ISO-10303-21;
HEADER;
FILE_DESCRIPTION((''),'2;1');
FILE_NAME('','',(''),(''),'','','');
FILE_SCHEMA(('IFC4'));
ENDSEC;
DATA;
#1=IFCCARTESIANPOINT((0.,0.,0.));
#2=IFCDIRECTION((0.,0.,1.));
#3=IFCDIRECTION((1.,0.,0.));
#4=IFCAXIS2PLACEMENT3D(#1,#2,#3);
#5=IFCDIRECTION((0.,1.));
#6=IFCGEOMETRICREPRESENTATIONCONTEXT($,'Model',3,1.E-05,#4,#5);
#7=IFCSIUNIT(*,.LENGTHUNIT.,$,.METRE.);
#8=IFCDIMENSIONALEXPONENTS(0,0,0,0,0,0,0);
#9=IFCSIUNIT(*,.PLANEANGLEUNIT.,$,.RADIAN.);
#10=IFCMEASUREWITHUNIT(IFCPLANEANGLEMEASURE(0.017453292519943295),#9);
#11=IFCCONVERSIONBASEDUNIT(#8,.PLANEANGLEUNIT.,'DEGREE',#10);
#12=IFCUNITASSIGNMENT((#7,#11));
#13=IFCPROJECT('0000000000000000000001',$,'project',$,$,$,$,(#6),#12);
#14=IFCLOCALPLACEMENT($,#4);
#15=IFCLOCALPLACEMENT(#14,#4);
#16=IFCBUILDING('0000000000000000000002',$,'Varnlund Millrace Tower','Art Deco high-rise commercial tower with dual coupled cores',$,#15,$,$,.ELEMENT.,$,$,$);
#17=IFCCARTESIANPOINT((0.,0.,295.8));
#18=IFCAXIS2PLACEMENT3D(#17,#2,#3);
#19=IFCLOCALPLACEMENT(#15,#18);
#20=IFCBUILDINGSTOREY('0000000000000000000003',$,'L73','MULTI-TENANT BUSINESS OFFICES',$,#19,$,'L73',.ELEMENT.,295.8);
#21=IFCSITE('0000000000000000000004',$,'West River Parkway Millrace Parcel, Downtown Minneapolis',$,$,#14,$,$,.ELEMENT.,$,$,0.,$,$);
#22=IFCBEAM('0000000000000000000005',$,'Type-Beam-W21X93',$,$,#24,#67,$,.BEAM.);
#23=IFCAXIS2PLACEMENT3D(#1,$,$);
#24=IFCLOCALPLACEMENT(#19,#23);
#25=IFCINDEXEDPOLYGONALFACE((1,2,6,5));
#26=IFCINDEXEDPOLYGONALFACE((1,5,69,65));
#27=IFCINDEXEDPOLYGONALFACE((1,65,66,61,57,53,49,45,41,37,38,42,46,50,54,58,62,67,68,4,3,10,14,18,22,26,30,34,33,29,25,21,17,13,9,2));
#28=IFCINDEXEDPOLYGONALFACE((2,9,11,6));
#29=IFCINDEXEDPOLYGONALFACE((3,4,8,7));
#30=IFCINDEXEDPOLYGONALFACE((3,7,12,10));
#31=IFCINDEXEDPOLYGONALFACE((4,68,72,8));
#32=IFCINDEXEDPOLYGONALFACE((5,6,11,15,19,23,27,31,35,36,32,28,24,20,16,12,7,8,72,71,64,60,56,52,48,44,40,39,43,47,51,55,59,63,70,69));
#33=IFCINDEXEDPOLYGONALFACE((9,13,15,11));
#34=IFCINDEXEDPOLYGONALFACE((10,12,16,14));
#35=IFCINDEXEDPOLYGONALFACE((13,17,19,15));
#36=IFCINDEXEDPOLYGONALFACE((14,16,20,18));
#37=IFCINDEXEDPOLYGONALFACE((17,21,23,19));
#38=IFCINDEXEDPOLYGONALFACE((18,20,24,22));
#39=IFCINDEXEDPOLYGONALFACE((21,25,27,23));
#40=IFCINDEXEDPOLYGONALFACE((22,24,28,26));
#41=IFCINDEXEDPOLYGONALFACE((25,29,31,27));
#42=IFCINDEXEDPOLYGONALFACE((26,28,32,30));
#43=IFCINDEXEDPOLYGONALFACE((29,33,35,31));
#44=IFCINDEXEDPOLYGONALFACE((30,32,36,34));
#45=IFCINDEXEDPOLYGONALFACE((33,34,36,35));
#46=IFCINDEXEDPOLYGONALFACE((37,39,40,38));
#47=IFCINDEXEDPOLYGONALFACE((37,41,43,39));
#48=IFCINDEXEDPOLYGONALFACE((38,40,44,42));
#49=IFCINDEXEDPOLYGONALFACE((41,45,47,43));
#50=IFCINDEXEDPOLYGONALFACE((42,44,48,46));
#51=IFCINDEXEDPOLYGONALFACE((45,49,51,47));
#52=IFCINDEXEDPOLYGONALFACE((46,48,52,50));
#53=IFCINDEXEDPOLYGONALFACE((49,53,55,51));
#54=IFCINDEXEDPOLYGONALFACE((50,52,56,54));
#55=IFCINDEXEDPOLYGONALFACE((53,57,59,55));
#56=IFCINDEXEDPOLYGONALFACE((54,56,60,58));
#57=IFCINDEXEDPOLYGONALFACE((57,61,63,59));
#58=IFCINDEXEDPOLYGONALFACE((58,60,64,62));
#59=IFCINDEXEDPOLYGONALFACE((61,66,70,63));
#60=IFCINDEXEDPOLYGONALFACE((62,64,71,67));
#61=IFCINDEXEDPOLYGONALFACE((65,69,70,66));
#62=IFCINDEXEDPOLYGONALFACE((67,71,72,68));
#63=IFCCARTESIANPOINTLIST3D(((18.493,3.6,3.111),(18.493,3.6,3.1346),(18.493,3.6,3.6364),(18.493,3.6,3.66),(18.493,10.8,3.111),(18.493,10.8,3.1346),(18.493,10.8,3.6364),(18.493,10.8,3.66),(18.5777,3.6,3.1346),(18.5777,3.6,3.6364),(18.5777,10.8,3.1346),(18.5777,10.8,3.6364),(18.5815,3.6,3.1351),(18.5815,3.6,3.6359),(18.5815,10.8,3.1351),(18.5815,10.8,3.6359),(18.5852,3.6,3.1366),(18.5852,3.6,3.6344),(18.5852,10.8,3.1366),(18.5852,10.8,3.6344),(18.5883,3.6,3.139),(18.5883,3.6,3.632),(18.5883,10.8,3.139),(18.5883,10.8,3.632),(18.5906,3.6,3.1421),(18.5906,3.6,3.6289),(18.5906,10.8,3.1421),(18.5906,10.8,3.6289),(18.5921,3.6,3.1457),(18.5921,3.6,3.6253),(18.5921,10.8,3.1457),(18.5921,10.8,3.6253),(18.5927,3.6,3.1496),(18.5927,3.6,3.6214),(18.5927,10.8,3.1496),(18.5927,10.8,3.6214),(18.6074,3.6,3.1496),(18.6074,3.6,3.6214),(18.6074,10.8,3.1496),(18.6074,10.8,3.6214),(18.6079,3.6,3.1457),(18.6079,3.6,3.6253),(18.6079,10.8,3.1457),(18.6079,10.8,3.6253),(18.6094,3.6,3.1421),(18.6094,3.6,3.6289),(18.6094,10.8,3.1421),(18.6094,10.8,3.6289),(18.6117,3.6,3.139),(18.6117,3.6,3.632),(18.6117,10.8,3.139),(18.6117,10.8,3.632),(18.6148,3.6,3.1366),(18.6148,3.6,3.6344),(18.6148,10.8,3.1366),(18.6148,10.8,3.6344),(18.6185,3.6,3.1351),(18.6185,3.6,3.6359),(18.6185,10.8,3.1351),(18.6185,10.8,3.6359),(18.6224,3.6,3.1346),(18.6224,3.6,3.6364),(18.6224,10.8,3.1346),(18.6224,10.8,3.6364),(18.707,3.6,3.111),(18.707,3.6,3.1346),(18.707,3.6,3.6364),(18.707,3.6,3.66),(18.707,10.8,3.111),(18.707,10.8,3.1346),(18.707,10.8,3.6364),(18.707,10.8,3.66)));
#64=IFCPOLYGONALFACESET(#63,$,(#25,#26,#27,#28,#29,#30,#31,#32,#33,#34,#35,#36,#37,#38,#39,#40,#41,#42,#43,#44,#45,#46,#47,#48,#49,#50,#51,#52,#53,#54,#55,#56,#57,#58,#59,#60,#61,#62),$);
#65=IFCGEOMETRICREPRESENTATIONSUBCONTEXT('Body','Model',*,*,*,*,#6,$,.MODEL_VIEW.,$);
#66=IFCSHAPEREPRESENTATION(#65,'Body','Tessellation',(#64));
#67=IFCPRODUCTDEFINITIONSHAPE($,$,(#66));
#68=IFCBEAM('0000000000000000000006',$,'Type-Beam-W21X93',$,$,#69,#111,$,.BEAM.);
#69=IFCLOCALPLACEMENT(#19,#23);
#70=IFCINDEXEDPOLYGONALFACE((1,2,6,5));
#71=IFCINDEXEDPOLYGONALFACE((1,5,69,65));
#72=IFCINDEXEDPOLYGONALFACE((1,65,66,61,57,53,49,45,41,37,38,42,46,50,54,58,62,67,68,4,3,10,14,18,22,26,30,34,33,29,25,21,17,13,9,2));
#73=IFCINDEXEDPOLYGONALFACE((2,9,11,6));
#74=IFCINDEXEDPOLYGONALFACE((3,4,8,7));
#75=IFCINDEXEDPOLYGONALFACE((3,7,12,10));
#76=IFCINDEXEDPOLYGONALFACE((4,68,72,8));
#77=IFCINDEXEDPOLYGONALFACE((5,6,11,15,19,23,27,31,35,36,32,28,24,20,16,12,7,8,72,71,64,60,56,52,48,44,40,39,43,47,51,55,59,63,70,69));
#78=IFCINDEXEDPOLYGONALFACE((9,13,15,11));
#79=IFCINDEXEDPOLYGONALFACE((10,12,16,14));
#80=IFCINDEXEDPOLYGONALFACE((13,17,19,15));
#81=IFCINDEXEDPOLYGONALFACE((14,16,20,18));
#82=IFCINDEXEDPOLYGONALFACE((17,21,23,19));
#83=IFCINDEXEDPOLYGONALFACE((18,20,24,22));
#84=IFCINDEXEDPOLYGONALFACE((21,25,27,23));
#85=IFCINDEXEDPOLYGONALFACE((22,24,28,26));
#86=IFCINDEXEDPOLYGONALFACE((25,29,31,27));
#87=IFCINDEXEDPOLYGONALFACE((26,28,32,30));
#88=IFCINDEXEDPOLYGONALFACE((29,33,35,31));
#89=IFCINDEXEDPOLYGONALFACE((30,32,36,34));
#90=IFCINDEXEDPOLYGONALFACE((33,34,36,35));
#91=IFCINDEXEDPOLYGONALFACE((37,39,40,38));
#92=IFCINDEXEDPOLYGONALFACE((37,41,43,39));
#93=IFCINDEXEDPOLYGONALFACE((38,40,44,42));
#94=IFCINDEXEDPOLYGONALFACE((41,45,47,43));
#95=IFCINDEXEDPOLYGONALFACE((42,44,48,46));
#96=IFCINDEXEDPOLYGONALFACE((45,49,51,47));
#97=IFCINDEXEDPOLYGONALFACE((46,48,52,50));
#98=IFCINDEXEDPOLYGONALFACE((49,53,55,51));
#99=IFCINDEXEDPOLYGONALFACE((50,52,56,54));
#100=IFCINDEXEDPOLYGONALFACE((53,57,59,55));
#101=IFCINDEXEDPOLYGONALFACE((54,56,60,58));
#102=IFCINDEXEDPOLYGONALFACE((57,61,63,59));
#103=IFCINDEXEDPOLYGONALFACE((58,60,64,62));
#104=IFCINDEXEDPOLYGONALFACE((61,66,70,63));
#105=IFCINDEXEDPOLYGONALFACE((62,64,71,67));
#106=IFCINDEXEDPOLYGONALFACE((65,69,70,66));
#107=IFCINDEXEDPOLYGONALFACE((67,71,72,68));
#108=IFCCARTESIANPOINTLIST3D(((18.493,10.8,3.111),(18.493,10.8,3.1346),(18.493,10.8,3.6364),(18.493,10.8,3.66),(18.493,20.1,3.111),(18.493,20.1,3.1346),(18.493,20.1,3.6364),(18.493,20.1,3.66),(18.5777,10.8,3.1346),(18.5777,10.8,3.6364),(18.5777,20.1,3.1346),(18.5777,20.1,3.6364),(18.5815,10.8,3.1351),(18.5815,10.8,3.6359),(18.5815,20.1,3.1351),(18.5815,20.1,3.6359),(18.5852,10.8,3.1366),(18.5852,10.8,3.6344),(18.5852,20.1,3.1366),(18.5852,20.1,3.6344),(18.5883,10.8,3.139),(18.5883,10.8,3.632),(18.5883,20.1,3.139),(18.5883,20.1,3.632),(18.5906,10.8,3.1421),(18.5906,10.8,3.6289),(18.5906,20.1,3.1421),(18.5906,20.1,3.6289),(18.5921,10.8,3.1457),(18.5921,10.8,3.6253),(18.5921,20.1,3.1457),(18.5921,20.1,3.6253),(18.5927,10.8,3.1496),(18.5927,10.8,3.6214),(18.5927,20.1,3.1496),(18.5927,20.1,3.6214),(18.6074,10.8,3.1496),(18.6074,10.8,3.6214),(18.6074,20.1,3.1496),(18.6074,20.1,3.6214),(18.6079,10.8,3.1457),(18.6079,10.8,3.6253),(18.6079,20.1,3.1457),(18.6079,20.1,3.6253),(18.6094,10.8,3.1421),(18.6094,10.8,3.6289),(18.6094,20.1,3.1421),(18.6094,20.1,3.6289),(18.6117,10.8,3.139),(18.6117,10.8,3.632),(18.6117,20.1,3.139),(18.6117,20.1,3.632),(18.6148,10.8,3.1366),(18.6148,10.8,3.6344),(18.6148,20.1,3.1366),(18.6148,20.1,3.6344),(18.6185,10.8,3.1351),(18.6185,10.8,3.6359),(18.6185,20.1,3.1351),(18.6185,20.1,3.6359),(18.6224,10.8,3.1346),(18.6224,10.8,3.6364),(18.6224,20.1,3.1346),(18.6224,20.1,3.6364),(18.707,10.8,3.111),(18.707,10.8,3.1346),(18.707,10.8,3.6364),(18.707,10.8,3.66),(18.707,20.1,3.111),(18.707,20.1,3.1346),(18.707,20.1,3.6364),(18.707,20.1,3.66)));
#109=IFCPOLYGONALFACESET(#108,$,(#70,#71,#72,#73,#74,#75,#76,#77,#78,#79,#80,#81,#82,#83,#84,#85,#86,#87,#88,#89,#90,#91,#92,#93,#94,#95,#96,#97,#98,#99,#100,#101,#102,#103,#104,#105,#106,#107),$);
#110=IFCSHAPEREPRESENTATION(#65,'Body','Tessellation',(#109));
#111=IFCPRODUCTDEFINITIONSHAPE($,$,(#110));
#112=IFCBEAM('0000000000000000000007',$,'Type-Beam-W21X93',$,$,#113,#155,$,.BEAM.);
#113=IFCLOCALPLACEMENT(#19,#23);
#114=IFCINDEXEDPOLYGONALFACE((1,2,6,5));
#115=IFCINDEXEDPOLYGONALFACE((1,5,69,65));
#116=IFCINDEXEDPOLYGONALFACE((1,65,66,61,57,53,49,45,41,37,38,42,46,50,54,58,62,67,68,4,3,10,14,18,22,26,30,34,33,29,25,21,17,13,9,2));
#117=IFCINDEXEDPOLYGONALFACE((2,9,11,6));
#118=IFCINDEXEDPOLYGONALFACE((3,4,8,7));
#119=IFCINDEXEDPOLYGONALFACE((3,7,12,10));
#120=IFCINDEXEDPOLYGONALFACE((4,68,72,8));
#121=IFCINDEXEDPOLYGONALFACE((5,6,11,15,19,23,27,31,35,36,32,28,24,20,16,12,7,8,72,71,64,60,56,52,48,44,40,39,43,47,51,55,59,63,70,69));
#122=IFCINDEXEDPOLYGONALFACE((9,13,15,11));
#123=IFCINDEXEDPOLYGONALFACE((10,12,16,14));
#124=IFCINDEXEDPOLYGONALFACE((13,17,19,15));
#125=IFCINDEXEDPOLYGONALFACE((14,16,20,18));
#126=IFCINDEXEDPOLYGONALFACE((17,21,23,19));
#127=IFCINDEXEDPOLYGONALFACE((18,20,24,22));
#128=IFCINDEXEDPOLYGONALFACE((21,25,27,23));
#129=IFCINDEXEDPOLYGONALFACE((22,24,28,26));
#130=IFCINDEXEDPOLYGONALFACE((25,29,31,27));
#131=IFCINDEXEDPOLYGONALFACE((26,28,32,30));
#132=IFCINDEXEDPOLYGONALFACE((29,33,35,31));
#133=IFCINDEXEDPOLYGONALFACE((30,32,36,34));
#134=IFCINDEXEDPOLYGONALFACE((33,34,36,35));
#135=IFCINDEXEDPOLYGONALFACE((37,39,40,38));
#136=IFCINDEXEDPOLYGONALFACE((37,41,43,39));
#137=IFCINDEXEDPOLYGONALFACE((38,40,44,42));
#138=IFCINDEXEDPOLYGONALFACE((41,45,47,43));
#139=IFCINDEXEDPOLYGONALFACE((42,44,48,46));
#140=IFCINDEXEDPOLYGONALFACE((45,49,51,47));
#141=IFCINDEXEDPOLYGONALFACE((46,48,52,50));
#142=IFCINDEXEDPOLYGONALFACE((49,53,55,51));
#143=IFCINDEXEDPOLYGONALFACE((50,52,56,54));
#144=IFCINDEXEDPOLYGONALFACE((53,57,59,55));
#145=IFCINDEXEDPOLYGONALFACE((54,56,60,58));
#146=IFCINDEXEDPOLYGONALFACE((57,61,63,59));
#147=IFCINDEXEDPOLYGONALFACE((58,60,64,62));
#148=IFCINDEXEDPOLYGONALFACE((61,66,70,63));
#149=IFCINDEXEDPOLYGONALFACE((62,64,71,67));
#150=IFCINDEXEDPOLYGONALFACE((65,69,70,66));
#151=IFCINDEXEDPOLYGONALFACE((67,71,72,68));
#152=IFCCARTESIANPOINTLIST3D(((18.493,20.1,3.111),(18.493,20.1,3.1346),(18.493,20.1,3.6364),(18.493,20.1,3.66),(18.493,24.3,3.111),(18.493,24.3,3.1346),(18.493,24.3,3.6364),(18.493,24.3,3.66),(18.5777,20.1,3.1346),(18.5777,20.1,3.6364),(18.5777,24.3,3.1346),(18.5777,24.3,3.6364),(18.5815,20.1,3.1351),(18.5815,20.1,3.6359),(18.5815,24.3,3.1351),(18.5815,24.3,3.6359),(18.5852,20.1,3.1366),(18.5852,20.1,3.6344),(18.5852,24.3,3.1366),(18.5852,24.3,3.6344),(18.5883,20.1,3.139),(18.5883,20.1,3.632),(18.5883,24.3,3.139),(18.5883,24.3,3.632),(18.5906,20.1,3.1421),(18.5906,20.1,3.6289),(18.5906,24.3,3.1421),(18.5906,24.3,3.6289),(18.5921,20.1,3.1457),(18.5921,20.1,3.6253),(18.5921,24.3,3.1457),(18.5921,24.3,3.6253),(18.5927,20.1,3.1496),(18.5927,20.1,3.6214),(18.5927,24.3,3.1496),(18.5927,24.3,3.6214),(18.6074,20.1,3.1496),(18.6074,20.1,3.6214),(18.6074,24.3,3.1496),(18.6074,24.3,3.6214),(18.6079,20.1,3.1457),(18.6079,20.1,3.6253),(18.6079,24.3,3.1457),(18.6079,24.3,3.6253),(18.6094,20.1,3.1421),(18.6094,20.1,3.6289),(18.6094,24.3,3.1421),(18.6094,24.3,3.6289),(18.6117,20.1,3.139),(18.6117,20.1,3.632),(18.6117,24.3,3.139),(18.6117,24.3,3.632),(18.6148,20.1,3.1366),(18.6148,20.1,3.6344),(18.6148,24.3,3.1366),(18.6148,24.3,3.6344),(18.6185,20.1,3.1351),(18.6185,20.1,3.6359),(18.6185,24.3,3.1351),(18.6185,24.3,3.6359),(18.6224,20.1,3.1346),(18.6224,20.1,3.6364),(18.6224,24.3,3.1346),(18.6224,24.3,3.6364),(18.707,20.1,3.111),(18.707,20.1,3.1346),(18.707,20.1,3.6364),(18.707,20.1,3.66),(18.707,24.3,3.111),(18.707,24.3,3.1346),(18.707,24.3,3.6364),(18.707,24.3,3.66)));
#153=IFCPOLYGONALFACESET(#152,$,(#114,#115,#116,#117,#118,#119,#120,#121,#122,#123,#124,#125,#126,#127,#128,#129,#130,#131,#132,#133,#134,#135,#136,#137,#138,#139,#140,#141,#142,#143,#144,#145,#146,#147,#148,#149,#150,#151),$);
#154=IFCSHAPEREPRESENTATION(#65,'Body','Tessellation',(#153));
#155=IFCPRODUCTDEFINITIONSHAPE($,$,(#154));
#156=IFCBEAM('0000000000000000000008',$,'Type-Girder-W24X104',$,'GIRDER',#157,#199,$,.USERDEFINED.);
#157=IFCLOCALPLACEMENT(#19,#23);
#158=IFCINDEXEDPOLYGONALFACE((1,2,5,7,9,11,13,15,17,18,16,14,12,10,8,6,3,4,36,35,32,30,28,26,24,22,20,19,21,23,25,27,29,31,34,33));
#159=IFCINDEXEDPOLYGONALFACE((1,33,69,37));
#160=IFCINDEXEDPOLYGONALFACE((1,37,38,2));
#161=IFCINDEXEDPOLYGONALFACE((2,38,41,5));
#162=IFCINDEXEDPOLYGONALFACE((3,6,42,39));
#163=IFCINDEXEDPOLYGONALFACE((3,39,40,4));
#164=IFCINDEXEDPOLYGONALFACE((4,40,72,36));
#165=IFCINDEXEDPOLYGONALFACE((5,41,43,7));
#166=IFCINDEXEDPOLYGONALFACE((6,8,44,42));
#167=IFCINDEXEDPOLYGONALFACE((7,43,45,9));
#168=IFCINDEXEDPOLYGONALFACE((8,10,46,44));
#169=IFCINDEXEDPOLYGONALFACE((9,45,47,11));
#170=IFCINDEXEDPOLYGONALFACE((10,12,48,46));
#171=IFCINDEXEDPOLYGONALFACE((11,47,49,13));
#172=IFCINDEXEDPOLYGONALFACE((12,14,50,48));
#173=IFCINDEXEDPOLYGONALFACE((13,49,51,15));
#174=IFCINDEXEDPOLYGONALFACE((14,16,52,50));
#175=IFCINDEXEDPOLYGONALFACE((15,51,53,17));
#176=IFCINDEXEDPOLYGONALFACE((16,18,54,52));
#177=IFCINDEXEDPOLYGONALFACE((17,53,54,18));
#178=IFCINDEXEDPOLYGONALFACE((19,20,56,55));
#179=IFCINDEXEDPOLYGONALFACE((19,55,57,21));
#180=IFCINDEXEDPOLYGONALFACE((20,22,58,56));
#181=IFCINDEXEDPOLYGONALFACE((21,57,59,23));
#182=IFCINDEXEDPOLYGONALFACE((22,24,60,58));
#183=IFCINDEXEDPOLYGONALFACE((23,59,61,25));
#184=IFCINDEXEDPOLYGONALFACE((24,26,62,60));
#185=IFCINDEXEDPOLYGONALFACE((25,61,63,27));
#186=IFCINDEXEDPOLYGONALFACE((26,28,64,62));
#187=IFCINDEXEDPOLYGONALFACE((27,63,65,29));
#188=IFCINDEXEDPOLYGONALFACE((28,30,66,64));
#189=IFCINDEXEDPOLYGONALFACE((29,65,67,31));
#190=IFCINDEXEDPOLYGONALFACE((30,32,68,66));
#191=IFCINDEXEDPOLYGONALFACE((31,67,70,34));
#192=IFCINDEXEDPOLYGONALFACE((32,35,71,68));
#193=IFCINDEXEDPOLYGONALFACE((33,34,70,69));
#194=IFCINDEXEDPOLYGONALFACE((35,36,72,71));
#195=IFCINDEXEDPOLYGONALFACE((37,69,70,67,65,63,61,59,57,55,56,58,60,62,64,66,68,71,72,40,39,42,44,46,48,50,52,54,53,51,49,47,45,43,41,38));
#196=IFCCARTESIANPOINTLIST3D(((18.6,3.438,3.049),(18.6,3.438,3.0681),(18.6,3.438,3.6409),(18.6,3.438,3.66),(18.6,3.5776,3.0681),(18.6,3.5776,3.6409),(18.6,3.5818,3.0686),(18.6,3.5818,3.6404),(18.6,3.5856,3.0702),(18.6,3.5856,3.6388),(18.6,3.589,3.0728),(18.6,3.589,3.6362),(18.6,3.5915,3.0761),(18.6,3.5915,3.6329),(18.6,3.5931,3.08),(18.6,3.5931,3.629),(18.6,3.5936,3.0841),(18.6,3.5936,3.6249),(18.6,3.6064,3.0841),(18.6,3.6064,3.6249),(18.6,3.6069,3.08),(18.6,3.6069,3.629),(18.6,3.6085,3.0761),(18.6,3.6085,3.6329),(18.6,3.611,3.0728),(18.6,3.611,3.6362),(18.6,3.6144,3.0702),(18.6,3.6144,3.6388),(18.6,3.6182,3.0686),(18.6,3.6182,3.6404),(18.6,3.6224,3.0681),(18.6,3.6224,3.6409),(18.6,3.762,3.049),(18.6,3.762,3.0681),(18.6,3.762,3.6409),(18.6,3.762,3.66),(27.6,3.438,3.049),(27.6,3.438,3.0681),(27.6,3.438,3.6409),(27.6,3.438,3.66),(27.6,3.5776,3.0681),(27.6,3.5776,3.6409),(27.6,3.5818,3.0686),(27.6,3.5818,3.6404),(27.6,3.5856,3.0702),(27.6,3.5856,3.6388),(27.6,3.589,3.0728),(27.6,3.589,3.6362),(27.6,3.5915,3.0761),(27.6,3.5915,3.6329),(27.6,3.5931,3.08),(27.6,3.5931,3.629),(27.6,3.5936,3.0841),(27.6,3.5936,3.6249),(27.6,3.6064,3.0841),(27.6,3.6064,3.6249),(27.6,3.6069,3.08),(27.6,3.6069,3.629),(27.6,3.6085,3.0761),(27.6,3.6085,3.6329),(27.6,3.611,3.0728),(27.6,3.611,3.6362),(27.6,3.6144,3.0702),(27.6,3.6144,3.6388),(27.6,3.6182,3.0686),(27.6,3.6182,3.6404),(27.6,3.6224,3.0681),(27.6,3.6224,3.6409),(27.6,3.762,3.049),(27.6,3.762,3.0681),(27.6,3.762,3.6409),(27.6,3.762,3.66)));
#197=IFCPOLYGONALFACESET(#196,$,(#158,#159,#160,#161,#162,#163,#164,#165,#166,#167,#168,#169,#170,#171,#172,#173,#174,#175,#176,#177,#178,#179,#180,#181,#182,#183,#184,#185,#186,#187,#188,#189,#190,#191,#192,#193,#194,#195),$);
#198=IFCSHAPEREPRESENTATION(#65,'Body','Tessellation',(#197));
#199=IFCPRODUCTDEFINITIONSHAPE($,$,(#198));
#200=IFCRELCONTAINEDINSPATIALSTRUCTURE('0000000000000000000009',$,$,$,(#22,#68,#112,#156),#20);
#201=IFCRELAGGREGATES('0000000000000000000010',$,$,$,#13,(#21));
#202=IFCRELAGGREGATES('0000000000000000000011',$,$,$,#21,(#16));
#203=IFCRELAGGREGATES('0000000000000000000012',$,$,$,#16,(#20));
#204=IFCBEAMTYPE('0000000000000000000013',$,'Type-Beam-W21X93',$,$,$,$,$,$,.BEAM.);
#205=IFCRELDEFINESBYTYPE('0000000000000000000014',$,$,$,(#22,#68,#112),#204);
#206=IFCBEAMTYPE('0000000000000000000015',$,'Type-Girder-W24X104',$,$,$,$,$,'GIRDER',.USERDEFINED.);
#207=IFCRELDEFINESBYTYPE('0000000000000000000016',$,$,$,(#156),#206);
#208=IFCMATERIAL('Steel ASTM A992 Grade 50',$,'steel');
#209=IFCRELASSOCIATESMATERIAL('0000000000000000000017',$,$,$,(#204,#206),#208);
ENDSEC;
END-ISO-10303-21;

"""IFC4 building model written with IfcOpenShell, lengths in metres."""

from ifc_helpers import new_model, entity, si_unit, converted_unit, direction, frame, origin_with_axes, origin_2d_with_axis, place, context, subcontext, project, spatial, i_section, extrude, material, material_profile, profile_set, type_object, element, save


model = new_model("IFC4")

# Units and contexts
model_context = context("Model", 3, precision=1e-05, world=origin_with_axes(), true_north=direction((0.0, 1.0)))
body_context = subcontext(model_context, "Body", "Model", "MODEL_VIEW")
ifc_project = project(units=[si_unit("LENGTHUNIT", "METRE"), converted_unit("PLANEANGLEUNIT", "DEGREE", entity("IfcPlaneAngleMeasure", 0.017453292519943295), si_unit("PLANEANGLEUNIT", "RADIAN"), dimensions=[0, 0, 0, 0, 0, 0, 0])], contexts=[model_context])

# Site, building, storey
site_placement = place(None, origin_with_axes())
site = spatial("IfcSite", under=ifc_project, at=site_placement, Name="West River Parkway Millrace Parcel, Downtown Minneapolis", CompositionType="ELEMENT", RefElevation=0.0)
building_placement = place(site_placement, origin_with_axes())
building = spatial("IfcBuilding", under=site, at=building_placement, Name="Varnlund Millrace Tower", Description="Art Deco high-rise commercial tower with dual coupled cores", CompositionType="ELEMENT")
storey_placement = place(building_placement, frame((0.0, 0.0, 295.8), z_axis=(0.0, 0.0, 1.0), x_axis=(1.0, 0.0, 0.0)))
storey = spatial("IfcBuildingStorey", under=building, at=storey_placement, Name="L73", Description="MULTI-TENANT BUSINESS OFFICES", LongName="L73", CompositionType="ELEMENT", Elevation=295.8)

# Beams
ifc_material_1 = material(Name="Steel ASTM A992 Grade 50", Category="steel")
ifc_material_profile_1 = material_profile(ifc_material_1, i_section(OverallWidth=0.214, OverallDepth=0.549, WebThickness=0.0147, FlangeThickness=0.0236, FilletRadius=0.015, at=origin_2d_with_axis()), Name="Steel ASTM A992 Grade 50")
ifc_profile_set_1 = profile_set([ifc_material_profile_1], Name="Steel ASTM A992 Grade 50")
beam_type_1 = type_object("IfcBeamType", Name="Type-Beam-W21X93", PredefinedType="BEAM", material=ifc_profile_set_1)
beam_1_placement = place(storey_placement, frame((18.6, 3.6, 3.3855), z_axis=(0.0, 1.0, 0.0), x_axis=(-1.0, 0.0, 0.0)))
element("IfcBeam", 1, at=beam_1_placement, inside=storey, type_object=beam_type_1, Name="Type-Beam-W21X93", PredefinedType="BEAM", context=body_context, shape_type="SweptSolid", body=[
    extrude(i_section(OverallWidth=0.214, OverallDepth=0.549, WebThickness=0.0147, FlangeThickness=0.0236, FilletRadius=0.015, at=origin_2d_with_axis()), origin_with_axes(), (0.0, 0.0, 1.0), 7.2),
])
beam_2_placement = place(storey_placement, frame((18.6, 10.8, 3.3855), z_axis=(0.0, 1.0, 0.0), x_axis=(-1.0, 0.0, 0.0)))
element("IfcBeam", 2, at=beam_2_placement, inside=storey, type_object=beam_type_1, Name="Type-Beam-W21X93", PredefinedType="BEAM", context=body_context, shape_type="SweptSolid", body=[
    extrude(i_section(OverallWidth=0.214, OverallDepth=0.549, WebThickness=0.0147, FlangeThickness=0.0236, FilletRadius=0.015, at=origin_2d_with_axis()), origin_with_axes(), (0.0, 0.0, 1.0), 9.3),
])
beam_3_placement = place(storey_placement, frame((18.6, 20.1, 3.3855), z_axis=(0.0, 1.0, 0.0), x_axis=(-1.0, 0.0, 0.0)))
element("IfcBeam", 3, at=beam_3_placement, inside=storey, type_object=beam_type_1, Name="Type-Beam-W21X93", PredefinedType="BEAM", context=body_context, shape_type="SweptSolid", body=[
    extrude(i_section(OverallWidth=0.214, OverallDepth=0.549, WebThickness=0.0147, FlangeThickness=0.0236, FilletRadius=0.015, at=origin_2d_with_axis()), origin_with_axes(), (0.0, 0.0, 1.0), 4.2),
])
ifc_material_profile_2 = material_profile(ifc_material_1, i_section(OverallWidth=0.324, OverallDepth=0.611, WebThickness=0.0127, FlangeThickness=0.0191, FilletRadius=0.016, at=origin_2d_with_axis()), Name="Steel ASTM A992 Grade 50")
ifc_profile_set_2 = profile_set([ifc_material_profile_2], Name="Steel ASTM A992 Grade 50")
beam_type_2 = type_object("IfcBeamType", Name="Type-Girder-W24X104", ElementType="GIRDER", PredefinedType="USERDEFINED", material=ifc_profile_set_2)
for number, where, z_axis, x_axis, name in (
    (4, (18.6, 3.6, 3.3545), (1.0, 0.0, 0.0), (0.0, 1.0, 0.0), "Type-Girder-W24X104"),
):
    element("IfcBeam", number, at=place(storey_placement, frame(where, z_axis=z_axis, x_axis=x_axis)), inside=storey, type_object=beam_type_2, Name=name, ObjectType="GIRDER", PredefinedType="USERDEFINED", context=body_context, shape_type="SweptSolid", body=[
        extrude(i_section(OverallWidth=0.324, OverallDepth=0.611, WebThickness=0.0127, FlangeThickness=0.0191, FilletRadius=0.016, at=origin_2d_with_axis()), origin_with_axes(), (0.0, 0.0, 1.0), 9.0),
    ])

save(model, "model.ifc")
